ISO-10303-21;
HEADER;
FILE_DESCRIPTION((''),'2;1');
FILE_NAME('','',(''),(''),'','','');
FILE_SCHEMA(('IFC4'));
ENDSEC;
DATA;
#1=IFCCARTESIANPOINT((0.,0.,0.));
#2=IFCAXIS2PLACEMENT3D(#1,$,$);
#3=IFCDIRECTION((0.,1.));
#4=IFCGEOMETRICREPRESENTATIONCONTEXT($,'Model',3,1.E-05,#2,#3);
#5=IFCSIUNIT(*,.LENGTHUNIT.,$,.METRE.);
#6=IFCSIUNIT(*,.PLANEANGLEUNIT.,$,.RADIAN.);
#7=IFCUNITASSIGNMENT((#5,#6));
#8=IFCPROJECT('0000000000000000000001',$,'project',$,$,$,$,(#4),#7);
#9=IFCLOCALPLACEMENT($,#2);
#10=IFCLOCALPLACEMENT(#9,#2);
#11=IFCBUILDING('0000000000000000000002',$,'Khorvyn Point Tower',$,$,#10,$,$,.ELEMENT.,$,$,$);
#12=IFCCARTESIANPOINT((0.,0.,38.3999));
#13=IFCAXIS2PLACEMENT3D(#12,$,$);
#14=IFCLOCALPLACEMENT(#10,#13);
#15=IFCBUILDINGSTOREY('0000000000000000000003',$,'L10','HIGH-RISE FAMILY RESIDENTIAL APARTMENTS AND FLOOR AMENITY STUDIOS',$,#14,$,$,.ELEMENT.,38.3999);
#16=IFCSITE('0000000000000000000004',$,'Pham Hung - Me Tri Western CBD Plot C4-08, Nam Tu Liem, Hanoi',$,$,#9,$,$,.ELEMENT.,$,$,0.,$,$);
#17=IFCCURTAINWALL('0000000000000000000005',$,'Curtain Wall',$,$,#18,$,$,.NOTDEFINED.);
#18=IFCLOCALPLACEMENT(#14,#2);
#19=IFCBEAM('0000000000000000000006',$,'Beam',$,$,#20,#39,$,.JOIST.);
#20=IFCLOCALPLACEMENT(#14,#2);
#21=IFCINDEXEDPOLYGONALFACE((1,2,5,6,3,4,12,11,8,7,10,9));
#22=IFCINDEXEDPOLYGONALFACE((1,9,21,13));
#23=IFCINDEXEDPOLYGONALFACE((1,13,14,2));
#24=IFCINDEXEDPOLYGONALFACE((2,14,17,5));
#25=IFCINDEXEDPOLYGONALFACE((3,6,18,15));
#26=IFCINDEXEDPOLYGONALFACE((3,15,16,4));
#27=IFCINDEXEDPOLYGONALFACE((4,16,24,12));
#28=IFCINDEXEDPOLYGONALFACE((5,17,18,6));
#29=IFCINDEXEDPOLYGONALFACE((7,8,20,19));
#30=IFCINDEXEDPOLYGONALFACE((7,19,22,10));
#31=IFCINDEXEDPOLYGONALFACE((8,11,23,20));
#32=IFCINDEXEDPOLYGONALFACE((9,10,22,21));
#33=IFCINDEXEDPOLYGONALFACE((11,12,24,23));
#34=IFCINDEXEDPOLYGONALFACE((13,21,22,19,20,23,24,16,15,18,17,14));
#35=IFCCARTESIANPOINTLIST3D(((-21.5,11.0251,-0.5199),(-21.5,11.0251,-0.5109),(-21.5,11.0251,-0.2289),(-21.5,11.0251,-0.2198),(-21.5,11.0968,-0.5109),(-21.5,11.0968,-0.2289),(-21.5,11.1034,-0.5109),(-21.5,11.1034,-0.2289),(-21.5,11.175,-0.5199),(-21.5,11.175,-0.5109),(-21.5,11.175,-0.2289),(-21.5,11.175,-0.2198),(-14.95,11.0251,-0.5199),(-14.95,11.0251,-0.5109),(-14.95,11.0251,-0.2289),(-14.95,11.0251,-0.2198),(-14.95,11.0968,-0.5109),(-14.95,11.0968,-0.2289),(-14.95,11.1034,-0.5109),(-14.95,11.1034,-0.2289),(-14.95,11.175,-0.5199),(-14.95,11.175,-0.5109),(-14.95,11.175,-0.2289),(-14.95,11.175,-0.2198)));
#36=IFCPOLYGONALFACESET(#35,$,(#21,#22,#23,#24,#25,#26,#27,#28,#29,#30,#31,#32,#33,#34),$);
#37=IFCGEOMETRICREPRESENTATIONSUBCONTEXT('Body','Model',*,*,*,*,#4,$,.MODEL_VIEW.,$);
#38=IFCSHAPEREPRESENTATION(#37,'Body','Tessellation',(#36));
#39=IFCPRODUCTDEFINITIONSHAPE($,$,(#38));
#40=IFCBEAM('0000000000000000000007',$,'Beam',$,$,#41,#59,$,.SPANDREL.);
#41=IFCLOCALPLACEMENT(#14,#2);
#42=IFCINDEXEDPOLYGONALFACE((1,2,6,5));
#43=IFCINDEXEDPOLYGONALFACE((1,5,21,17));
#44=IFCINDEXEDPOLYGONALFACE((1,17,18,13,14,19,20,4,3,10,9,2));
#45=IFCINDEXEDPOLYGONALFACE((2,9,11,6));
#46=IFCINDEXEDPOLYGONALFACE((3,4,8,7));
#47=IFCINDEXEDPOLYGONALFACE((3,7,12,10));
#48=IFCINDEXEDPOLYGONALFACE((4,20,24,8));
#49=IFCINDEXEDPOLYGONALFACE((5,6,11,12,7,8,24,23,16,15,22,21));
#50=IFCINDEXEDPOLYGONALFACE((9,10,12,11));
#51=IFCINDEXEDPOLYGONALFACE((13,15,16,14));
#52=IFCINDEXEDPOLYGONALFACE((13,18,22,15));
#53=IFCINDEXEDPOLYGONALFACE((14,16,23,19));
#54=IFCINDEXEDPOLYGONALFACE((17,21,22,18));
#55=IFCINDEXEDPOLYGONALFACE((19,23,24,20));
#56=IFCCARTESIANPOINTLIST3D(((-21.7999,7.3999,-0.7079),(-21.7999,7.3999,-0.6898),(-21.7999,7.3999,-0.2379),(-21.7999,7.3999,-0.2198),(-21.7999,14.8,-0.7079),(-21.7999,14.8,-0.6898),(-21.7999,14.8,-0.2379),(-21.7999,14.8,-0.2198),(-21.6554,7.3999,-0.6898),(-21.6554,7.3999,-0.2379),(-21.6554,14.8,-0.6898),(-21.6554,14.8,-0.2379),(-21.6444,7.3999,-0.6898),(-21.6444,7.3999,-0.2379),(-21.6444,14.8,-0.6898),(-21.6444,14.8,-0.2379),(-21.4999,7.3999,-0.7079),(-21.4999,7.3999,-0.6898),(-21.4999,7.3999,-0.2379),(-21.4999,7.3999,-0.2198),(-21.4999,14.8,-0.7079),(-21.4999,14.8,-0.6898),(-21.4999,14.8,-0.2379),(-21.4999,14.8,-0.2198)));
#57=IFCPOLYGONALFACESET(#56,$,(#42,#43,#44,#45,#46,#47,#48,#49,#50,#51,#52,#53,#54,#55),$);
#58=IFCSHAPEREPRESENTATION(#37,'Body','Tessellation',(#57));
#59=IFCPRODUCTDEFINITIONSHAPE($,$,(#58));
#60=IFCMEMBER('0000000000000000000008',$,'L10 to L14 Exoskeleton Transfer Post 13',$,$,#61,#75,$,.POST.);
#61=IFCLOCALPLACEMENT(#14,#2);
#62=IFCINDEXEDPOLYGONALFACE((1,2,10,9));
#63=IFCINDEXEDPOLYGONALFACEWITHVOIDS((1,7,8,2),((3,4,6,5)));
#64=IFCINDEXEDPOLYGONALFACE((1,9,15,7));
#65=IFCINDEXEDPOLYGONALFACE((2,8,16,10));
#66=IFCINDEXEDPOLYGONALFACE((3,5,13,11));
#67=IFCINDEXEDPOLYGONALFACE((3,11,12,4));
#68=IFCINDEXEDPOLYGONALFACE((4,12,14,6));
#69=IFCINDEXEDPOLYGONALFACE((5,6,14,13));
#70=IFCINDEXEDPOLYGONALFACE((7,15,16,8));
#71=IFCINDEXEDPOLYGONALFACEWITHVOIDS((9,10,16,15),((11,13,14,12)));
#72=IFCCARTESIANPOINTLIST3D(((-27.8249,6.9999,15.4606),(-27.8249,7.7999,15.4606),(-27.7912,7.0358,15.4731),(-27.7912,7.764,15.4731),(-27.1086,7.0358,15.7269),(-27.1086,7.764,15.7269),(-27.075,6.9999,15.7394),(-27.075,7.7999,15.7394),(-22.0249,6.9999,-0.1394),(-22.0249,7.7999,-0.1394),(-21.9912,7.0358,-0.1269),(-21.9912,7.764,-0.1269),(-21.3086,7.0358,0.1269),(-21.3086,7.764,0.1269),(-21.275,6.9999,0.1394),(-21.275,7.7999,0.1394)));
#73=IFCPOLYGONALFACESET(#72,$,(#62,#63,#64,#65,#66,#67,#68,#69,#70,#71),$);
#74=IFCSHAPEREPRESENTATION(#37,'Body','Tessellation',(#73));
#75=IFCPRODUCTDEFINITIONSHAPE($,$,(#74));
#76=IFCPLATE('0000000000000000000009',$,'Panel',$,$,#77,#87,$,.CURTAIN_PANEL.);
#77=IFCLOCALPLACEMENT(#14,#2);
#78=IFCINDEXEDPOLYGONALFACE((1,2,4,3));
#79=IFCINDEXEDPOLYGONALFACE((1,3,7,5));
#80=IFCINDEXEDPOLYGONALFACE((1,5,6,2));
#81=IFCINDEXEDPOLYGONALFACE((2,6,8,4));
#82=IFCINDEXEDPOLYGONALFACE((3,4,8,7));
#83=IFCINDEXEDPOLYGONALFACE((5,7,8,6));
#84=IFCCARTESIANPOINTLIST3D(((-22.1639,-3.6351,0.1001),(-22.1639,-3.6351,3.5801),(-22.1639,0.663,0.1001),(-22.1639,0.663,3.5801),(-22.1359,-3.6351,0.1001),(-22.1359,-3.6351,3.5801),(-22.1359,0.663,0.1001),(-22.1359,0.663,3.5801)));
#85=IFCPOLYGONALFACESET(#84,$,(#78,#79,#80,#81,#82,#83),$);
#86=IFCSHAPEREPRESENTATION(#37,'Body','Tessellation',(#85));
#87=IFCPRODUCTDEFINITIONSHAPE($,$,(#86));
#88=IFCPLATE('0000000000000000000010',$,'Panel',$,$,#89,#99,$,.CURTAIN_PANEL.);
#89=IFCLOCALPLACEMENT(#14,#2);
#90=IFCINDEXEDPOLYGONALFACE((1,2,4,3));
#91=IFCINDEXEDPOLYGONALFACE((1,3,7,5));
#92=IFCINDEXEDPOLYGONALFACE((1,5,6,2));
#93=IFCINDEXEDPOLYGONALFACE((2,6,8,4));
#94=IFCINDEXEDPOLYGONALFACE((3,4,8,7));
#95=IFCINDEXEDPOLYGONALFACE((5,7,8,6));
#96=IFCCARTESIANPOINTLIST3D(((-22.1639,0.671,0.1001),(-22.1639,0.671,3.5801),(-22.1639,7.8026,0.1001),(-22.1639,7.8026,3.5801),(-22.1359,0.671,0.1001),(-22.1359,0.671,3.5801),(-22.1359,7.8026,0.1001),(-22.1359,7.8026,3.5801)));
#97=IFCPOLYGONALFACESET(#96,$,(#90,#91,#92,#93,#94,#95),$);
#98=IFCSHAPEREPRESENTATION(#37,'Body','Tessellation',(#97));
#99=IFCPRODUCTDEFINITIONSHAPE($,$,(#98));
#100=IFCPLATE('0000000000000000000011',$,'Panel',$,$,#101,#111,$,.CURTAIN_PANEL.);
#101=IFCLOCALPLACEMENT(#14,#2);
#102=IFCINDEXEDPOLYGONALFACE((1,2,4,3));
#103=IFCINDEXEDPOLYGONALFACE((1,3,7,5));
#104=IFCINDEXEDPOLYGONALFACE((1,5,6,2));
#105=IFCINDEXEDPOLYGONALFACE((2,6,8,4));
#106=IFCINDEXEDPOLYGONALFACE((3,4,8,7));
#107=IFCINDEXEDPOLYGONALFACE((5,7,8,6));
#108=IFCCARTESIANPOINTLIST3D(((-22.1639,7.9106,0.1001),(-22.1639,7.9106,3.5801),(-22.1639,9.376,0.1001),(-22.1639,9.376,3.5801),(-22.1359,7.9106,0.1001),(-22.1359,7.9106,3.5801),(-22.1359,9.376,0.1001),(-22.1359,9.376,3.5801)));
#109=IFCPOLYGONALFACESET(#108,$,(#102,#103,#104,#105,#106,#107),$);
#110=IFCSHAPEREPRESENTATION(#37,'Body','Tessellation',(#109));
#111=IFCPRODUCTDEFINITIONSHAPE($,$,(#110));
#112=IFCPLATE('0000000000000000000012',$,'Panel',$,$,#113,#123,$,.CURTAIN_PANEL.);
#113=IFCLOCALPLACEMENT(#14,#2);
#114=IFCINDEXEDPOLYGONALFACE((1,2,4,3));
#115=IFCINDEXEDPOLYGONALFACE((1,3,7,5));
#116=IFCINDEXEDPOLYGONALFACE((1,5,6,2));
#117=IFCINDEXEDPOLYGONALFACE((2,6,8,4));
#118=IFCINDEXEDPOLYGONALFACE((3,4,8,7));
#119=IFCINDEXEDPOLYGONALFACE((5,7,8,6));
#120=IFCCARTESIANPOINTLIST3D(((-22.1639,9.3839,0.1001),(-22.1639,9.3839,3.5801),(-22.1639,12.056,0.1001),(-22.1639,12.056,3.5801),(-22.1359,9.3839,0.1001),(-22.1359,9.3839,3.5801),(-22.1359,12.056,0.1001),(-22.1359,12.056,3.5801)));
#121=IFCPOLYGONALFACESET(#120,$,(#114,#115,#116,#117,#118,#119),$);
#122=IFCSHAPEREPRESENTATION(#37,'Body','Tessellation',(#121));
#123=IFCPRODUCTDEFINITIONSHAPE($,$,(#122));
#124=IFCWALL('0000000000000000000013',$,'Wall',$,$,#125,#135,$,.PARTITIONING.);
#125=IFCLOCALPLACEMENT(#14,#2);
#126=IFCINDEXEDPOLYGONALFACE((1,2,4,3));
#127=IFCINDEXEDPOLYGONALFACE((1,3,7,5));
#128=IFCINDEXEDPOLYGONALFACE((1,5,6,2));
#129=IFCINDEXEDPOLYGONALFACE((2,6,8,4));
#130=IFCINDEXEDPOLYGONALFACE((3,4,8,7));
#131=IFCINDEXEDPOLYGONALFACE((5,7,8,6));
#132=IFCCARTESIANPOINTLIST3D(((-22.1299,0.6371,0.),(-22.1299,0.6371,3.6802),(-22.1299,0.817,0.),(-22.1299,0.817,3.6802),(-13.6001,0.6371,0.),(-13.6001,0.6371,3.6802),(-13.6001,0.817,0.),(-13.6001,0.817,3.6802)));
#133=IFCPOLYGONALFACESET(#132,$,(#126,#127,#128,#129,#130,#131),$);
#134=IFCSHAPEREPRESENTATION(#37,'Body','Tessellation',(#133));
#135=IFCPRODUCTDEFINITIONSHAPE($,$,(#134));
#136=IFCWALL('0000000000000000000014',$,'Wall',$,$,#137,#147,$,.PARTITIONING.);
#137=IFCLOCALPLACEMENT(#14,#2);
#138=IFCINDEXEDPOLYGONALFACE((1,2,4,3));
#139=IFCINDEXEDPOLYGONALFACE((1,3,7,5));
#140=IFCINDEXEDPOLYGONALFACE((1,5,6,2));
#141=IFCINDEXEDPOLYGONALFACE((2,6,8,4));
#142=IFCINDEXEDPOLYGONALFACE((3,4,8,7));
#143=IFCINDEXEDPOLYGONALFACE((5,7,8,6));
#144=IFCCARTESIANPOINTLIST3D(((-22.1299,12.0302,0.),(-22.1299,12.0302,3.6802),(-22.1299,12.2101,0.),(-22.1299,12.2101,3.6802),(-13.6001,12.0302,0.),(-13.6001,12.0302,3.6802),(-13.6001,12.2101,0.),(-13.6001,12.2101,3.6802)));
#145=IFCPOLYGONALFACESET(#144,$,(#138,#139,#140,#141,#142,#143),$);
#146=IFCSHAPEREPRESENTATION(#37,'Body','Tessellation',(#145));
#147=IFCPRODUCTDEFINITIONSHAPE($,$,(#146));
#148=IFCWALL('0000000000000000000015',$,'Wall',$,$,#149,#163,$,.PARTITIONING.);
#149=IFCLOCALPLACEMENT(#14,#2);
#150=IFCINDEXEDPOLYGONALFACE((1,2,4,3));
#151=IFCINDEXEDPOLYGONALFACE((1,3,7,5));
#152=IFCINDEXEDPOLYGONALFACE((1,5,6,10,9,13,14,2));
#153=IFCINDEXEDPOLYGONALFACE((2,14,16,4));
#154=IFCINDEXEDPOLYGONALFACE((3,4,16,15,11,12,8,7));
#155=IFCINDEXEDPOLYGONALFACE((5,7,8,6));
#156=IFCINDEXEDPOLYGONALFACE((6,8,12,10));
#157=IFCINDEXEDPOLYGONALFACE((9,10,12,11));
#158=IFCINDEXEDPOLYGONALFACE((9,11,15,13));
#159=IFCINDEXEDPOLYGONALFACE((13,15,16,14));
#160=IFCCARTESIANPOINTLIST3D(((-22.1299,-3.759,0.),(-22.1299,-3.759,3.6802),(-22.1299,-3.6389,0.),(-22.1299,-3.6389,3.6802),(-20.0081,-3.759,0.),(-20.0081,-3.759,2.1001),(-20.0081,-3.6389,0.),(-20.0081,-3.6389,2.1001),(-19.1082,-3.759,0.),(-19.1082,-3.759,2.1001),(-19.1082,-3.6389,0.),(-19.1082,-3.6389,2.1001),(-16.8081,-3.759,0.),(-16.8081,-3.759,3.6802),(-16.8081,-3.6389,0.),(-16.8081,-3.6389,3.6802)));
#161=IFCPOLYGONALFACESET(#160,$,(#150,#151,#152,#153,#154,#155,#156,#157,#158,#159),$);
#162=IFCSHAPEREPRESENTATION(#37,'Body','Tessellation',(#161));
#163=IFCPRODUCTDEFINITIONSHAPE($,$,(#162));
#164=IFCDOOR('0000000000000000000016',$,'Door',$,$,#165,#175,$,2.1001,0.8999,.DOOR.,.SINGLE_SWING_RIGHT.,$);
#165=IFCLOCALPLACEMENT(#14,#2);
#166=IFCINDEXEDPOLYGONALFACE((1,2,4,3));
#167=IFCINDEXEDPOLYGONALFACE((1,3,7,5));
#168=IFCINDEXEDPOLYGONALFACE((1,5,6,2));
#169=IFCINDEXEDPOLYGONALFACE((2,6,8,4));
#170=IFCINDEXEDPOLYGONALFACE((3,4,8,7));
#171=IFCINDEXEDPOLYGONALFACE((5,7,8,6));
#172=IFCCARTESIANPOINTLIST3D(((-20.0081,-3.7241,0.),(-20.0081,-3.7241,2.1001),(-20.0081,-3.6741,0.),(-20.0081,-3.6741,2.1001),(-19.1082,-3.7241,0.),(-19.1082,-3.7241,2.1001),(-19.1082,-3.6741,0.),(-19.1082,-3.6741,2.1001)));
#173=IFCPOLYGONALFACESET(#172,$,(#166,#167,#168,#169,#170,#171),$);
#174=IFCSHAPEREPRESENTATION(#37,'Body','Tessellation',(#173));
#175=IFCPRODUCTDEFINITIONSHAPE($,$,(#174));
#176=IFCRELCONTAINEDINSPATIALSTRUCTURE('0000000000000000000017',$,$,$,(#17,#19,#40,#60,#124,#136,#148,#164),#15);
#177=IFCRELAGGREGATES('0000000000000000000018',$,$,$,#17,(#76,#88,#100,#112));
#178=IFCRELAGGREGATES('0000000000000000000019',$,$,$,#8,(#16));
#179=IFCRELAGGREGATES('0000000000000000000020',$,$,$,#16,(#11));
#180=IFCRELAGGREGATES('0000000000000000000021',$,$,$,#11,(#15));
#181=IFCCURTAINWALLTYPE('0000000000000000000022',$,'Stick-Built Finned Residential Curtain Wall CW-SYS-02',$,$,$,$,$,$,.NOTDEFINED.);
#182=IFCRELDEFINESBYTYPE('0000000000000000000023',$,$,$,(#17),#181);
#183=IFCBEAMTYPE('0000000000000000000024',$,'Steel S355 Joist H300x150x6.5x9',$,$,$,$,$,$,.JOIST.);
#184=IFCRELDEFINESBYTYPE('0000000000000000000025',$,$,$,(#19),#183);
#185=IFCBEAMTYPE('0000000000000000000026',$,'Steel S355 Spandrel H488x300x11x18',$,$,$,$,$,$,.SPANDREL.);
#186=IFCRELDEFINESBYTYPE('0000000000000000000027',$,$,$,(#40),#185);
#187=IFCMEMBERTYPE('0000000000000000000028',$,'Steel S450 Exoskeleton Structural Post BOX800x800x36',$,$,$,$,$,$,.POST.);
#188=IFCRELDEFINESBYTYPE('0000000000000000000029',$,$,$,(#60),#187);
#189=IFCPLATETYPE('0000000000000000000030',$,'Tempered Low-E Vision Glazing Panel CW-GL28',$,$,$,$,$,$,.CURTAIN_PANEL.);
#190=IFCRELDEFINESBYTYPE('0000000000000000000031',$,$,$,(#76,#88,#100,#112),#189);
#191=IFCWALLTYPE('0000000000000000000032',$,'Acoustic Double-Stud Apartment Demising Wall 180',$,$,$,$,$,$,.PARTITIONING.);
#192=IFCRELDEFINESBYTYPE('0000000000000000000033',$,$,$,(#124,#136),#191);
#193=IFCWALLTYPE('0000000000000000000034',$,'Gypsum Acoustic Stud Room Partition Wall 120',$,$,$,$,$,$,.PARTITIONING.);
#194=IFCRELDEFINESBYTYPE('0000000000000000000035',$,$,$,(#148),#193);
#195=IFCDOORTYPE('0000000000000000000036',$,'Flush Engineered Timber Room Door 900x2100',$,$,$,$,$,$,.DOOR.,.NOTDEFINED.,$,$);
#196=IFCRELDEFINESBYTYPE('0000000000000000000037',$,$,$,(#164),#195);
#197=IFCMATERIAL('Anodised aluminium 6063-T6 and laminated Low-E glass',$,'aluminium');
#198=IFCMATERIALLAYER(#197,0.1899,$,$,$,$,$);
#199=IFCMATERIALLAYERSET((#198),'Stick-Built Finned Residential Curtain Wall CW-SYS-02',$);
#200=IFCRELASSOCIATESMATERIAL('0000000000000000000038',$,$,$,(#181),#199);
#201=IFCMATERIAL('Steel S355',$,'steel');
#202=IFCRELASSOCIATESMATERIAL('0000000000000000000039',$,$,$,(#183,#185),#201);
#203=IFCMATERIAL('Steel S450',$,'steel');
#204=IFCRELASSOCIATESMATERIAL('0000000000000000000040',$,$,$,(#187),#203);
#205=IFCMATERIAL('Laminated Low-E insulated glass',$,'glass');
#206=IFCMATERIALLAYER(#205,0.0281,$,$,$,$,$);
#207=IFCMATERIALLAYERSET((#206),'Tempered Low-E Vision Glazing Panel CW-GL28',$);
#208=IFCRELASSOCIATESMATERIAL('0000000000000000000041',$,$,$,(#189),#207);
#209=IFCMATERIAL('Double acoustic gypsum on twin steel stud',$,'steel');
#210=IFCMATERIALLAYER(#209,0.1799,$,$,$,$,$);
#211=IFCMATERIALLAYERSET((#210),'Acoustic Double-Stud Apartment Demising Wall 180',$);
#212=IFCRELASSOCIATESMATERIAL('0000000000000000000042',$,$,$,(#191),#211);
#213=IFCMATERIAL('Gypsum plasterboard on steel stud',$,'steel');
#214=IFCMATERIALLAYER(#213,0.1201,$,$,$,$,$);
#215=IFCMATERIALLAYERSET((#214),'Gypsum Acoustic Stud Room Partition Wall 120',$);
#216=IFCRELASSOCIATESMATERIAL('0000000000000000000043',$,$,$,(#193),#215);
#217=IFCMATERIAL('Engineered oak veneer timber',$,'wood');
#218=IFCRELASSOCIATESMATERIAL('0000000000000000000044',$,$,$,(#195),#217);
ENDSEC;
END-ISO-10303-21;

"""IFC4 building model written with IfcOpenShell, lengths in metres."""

from ifc_helpers import new_model, si_unit, direction, frame, frame_2d, origin, origin_2d, place, context, subcontext, project, spatial, rectangle, hollow_rectangle, i_section, extrude, material, layer, layer_set, material_profile, profile_set, type_object, element, fill, aggregate, save


model = new_model("IFC4")

# Units and contexts
model_context = context("Model", 3, precision=1e-05, world=origin(), true_north=direction((0.0, 1.0)))
body_context = subcontext(model_context, "Body", "Model", "MODEL_VIEW")
ifc_project = project(units=[si_unit("LENGTHUNIT", "METRE"), si_unit("PLANEANGLEUNIT", "RADIAN")], contexts=[model_context])

# Site, building, storey
site_placement = place(None, origin())
site = spatial("IfcSite", under=ifc_project, at=site_placement, Name="Pham Hung - Me Tri Western CBD Plot C4-08, Nam Tu Liem, Hanoi", CompositionType="ELEMENT", RefElevation=0.0)
building_placement = place(site_placement, origin())
building = spatial("IfcBuilding", under=site, at=building_placement, Name="Khorvyn Point Tower", CompositionType="ELEMENT")
storey_placement = place(building_placement, frame((0.0, 0.0, 38.3999)))
storey = spatial("IfcBuildingStorey", under=building, at=storey_placement, Name="L10", Description="HIGH-RISE FAMILY RESIDENTIAL APARTMENTS AND FLOOR AMENITY STUDIOS", CompositionType="ELEMENT", Elevation=38.3999)

# Shared definitions
ifc_material_1 = material(Name="Steel S450", Category="steel")

# Curtain wall
ifc_material_2 = material(Name="Anodised aluminium 6063-T6 and laminated Low-E glass", Category="aluminium")
ifc_layer_1 = layer(ifc_material_2, 0.1899)
ifc_layer_set_1 = layer_set([ifc_layer_1], Name="Stick-Built Finned Residential Curtain Wall CW-SYS-02")
curtain_wall_type = type_object("IfcCurtainWallType", Name="Stick-Built Finned Residential Curtain Wall CW-SYS-02", PredefinedType="NOTDEFINED", material=ifc_layer_set_1)
curtain_wall_placement = place(storey_placement, origin())
curtain_wall = element("IfcCurtainWall", 1, at=curtain_wall_placement, inside=storey, type_object=curtain_wall_type, Name="Curtain Wall", PredefinedType="NOTDEFINED")

# Beams
ifc_material_3 = material(Name="Steel S355", Category="steel")
ifc_material_profile_1 = material_profile(ifc_material_3, i_section(OverallWidth=0.1499, OverallDepth=0.3, WebThickness=0.0066, FlangeThickness=0.009, at=origin_2d()))
ifc_profile_set_1 = profile_set([ifc_material_profile_1], Name="Steel S355 H300x150x6.5x9")
beam_type_1 = type_object("IfcBeamType", Name="Steel S355 Joist H300x150x6.5x9", PredefinedType="JOIST", material=ifc_profile_set_1)
beam_1_placement = place(storey_placement, frame((-21.5, 11.1001, -0.3699), z_axis=(1.0, 0.0, 0.0), x_axis=(0.0, 1.0, 0.0)))
element("IfcBeam", 2, at=beam_1_placement, inside=storey, type_object=beam_type_1, Name="Beam", PredefinedType="JOIST", context=body_context, shape_type="SweptSolid", body=[
    extrude(i_section(OverallWidth=0.1499, OverallDepth=0.3, WebThickness=0.0066, FlangeThickness=0.009, at=origin_2d()), origin(), (0.0, 0.0, 1.0), 6.55),
])
ifc_material_profile_2 = material_profile(ifc_material_3, i_section(OverallWidth=0.3, OverallDepth=0.488, WebThickness=0.011, FlangeThickness=0.0181, at=origin_2d()))
ifc_profile_set_2 = profile_set([ifc_material_profile_2], Name="Steel S355 H488x300x11x18")
beam_type_2 = type_object("IfcBeamType", Name="Steel S355 Spandrel H488x300x11x18", PredefinedType="SPANDREL", material=ifc_profile_set_2)
beam_2_placement = place(storey_placement, frame((-21.6499, 7.3999, -0.4639), z_axis=(0.0, 1.0, 0.0), x_axis=(-1.0, 0.0, 0.0)))
element("IfcBeam", 3, at=beam_2_placement, inside=storey, type_object=beam_type_2, Name="Beam", PredefinedType="SPANDREL", context=body_context, shape_type="SweptSolid", body=[
    extrude(i_section(OverallWidth=0.3, OverallDepth=0.488, WebThickness=0.011, FlangeThickness=0.0181, at=origin_2d()), origin(), (0.0, 0.0, 1.0), 7.4001),
])

# Member
ifc_material_profile_3 = material_profile(ifc_material_1, hollow_rectangle(XDim=0.8, YDim=0.8, WallThickness=0.0359, at=origin_2d()))
ifc_profile_set_3 = profile_set([ifc_material_profile_3], Name="Steel S450 BOX800x800x36")
member_type_1 = type_object("IfcMemberType", Name="Steel S450 Exoskeleton Structural Post BOX800x800x36", PredefinedType="POST", material=ifc_profile_set_3)
member_1_placement = place(storey_placement, frame((-21.6499, 7.3999, 0.0), z_axis=(-0.348489, 0.0, 0.937313), x_axis=(0.0, -1.0, 0.0)))
element("IfcMember", 4, at=member_1_placement, inside=storey, type_object=member_type_1, Name="L10 to L14 Exoskeleton Transfer Post 13", PredefinedType="POST", context=body_context, shape_type="SweptSolid", body=[
    extrude(hollow_rectangle(XDim=0.8, YDim=0.8, WallThickness=0.0359, at=origin_2d()), origin(), (0.0, 0.0, 1.0), 16.6433),
])

# Plates
ifc_material_4 = material(Name="Laminated Low-E insulated glass", Category="glass")
ifc_layer_2 = layer(ifc_material_4, 0.0281)
ifc_layer_set_2 = layer_set([ifc_layer_2], Name="Tempered Low-E Vision Glazing Panel CW-GL28")
plate_type = type_object("IfcPlateType", Name="Tempered Low-E Vision Glazing Panel CW-GL28", PredefinedType="CURTAIN_PANEL", material=ifc_layer_set_2)
plate_1_placement = place(storey_placement, frame((-22.1499, -1.4861, 0.1001), z_axis=(0.0, 0.0, 1.0), x_axis=(0.0, 1.0, 0.0)))
plate_1 = element("IfcPlate", 5, at=plate_1_placement, type_object=plate_type, Name="Panel", PredefinedType="CURTAIN_PANEL", context=body_context, shape_type="SweptSolid", body=[
    extrude(rectangle(XDim=4.2981, YDim=0.0281, at=origin_2d()), origin(), (0.0, 0.0, 1.0), 3.48),
])
plate_2_placement = place(storey_placement, frame((-22.1499, 4.2368, 0.1001), z_axis=(0.0, 0.0, 1.0), x_axis=(0.0, 1.0, 0.0)))
plate_2 = element("IfcPlate", 6, at=plate_2_placement, type_object=plate_type, Name="Panel", PredefinedType="CURTAIN_PANEL", context=body_context, shape_type="SweptSolid", body=[
    extrude(rectangle(XDim=7.1316, YDim=0.0281, at=origin_2d()), origin(), (0.0, 0.0, 1.0), 3.48),
])
plate_3_placement = place(storey_placement, frame((-22.1499, 8.6433, 0.1001), z_axis=(0.0, 0.0, 1.0), x_axis=(0.0, 1.0, 0.0)))
plate_3 = element("IfcPlate", 7, at=plate_3_placement, type_object=plate_type, Name="Panel", PredefinedType="CURTAIN_PANEL", context=body_context, shape_type="SweptSolid", body=[
    extrude(rectangle(XDim=1.4653, YDim=0.0281, at=origin_2d()), origin(), (0.0, 0.0, 1.0), 3.48),
])
plate_4_placement = place(storey_placement, frame((-22.1499, 10.72, 0.1001), z_axis=(0.0, 0.0, 1.0), x_axis=(0.0, 1.0, 0.0)))
plate_4 = element("IfcPlate", 8, at=plate_4_placement, type_object=plate_type, Name="Panel", PredefinedType="CURTAIN_PANEL", context=body_context, shape_type="SweptSolid", body=[
    extrude(rectangle(XDim=2.6721, YDim=0.0281, at=origin_2d()), origin(), (0.0, 0.0, 1.0), 3.48),
])
aggregate(curtain_wall, [plate_1, plate_2, plate_3, plate_4])

# Walls
ifc_material_5 = material(Name="Double acoustic gypsum on twin steel stud", Category="steel")
ifc_layer_3 = layer(ifc_material_5, 0.1799)
ifc_layer_set_3 = layer_set([ifc_layer_3], Name="Acoustic Double-Stud Apartment Demising Wall 180")
wall_type_1 = type_object("IfcWallType", Name="Acoustic Double-Stud Apartment Demising Wall 180", PredefinedType="PARTITIONING", material=ifc_layer_set_3)
for number, where, z_axis, x_axis, name in (
    (9, (-22.1299, 0.7271, 0.0), (0.0, 0.0, 1.0), (1.0, 0.0, 0.0), "Wall"),
    (10, (-22.1299, 12.1201, 0.0), (0.0, 0.0, 1.0), (1.0, 0.0, 0.0), "Wall"),
):
    element("IfcWall", number, at=place(storey_placement, frame(where, z_axis=z_axis, x_axis=x_axis)), inside=storey, type_object=wall_type_1, Name=name, PredefinedType="PARTITIONING", context=body_context, shape_type="SweptSolid", body=[
        extrude(rectangle(XDim=8.5298, YDim=0.1799, at=frame_2d((4.2649, 0.0))), origin(), (0.0, 0.0, 1.0), 3.6802),
    ])

# Wall, opening, door
ifc_material_6 = material(Name="Gypsum plasterboard on steel stud", Category="steel")
ifc_layer_4 = layer(ifc_material_6, 0.1201)
ifc_layer_set_4 = layer_set([ifc_layer_4], Name="Gypsum Acoustic Stud Room Partition Wall 120")
wall_type_2 = type_object("IfcWallType", Name="Gypsum Acoustic Stud Room Partition Wall 120", PredefinedType="PARTITIONING", material=ifc_layer_set_4)
wall_1_placement = place(storey_placement, frame((-22.1299, -3.699, 0.0), z_axis=(0.0, 0.0, 1.0), x_axis=(1.0, 0.0, 0.0)))
wall_1 = element("IfcWall", 11, at=wall_1_placement, inside=storey, type_object=wall_type_2, Name="Wall", PredefinedType="PARTITIONING", context=body_context, shape_type="SweptSolid", body=[
    extrude(rectangle(XDim=5.3218, YDim=0.1201, at=frame_2d((2.6609, 0.0))), origin(), (0.0, 0.0, 1.0), 3.6802),
])
opening_1_placement = place(wall_1_placement, frame((2.1218, 0.0, 0.0)))
opening_1 = element("IfcOpeningElement", 12, at=opening_1_placement, cuts=wall_1, PredefinedType="OPENING", context=body_context, shape_type="SweptSolid", body=[
    extrude(rectangle(XDim=0.8999, YDim=2.1001, at=frame_2d((0.45, 1.05))), frame((0.0, 0.0701, 0.0), z_axis=(0.0, -1.0, 0.0), x_axis=(1.0, 0.0, 0.0)), (0.0, 0.0, 1.0), 0.1401),
])
ifc_material_7 = material(Name="Engineered oak veneer timber", Category="wood")
door_type_1 = type_object("IfcDoorType", Name="Flush Engineered Timber Room Door 900x2100", OperationType="NOTDEFINED", PredefinedType="DOOR", material=ifc_material_7)
door_1_placement = place(opening_1_placement, origin())
door_1 = element("IfcDoor", 13, at=door_1_placement, inside=storey, type_object=door_type_1, Name="Door", OperationType="SINGLE_SWING_RIGHT", OverallHeight=2.1001, OverallWidth=0.8999, PredefinedType="DOOR", context=body_context, shape_type="SweptSolid", body=[
    extrude(rectangle(XDim=0.8999, YDim=2.1001, at=frame_2d((0.45, 1.05))), frame((0.0, 0.0249, 0.0), z_axis=(0.0, -1.0, 0.0), x_axis=(1.0, 0.0, 0.0)), (0.0, 0.0, 1.0), 0.05),
])
fill(opening_1, door_1)

save(model, "model.ifc")
